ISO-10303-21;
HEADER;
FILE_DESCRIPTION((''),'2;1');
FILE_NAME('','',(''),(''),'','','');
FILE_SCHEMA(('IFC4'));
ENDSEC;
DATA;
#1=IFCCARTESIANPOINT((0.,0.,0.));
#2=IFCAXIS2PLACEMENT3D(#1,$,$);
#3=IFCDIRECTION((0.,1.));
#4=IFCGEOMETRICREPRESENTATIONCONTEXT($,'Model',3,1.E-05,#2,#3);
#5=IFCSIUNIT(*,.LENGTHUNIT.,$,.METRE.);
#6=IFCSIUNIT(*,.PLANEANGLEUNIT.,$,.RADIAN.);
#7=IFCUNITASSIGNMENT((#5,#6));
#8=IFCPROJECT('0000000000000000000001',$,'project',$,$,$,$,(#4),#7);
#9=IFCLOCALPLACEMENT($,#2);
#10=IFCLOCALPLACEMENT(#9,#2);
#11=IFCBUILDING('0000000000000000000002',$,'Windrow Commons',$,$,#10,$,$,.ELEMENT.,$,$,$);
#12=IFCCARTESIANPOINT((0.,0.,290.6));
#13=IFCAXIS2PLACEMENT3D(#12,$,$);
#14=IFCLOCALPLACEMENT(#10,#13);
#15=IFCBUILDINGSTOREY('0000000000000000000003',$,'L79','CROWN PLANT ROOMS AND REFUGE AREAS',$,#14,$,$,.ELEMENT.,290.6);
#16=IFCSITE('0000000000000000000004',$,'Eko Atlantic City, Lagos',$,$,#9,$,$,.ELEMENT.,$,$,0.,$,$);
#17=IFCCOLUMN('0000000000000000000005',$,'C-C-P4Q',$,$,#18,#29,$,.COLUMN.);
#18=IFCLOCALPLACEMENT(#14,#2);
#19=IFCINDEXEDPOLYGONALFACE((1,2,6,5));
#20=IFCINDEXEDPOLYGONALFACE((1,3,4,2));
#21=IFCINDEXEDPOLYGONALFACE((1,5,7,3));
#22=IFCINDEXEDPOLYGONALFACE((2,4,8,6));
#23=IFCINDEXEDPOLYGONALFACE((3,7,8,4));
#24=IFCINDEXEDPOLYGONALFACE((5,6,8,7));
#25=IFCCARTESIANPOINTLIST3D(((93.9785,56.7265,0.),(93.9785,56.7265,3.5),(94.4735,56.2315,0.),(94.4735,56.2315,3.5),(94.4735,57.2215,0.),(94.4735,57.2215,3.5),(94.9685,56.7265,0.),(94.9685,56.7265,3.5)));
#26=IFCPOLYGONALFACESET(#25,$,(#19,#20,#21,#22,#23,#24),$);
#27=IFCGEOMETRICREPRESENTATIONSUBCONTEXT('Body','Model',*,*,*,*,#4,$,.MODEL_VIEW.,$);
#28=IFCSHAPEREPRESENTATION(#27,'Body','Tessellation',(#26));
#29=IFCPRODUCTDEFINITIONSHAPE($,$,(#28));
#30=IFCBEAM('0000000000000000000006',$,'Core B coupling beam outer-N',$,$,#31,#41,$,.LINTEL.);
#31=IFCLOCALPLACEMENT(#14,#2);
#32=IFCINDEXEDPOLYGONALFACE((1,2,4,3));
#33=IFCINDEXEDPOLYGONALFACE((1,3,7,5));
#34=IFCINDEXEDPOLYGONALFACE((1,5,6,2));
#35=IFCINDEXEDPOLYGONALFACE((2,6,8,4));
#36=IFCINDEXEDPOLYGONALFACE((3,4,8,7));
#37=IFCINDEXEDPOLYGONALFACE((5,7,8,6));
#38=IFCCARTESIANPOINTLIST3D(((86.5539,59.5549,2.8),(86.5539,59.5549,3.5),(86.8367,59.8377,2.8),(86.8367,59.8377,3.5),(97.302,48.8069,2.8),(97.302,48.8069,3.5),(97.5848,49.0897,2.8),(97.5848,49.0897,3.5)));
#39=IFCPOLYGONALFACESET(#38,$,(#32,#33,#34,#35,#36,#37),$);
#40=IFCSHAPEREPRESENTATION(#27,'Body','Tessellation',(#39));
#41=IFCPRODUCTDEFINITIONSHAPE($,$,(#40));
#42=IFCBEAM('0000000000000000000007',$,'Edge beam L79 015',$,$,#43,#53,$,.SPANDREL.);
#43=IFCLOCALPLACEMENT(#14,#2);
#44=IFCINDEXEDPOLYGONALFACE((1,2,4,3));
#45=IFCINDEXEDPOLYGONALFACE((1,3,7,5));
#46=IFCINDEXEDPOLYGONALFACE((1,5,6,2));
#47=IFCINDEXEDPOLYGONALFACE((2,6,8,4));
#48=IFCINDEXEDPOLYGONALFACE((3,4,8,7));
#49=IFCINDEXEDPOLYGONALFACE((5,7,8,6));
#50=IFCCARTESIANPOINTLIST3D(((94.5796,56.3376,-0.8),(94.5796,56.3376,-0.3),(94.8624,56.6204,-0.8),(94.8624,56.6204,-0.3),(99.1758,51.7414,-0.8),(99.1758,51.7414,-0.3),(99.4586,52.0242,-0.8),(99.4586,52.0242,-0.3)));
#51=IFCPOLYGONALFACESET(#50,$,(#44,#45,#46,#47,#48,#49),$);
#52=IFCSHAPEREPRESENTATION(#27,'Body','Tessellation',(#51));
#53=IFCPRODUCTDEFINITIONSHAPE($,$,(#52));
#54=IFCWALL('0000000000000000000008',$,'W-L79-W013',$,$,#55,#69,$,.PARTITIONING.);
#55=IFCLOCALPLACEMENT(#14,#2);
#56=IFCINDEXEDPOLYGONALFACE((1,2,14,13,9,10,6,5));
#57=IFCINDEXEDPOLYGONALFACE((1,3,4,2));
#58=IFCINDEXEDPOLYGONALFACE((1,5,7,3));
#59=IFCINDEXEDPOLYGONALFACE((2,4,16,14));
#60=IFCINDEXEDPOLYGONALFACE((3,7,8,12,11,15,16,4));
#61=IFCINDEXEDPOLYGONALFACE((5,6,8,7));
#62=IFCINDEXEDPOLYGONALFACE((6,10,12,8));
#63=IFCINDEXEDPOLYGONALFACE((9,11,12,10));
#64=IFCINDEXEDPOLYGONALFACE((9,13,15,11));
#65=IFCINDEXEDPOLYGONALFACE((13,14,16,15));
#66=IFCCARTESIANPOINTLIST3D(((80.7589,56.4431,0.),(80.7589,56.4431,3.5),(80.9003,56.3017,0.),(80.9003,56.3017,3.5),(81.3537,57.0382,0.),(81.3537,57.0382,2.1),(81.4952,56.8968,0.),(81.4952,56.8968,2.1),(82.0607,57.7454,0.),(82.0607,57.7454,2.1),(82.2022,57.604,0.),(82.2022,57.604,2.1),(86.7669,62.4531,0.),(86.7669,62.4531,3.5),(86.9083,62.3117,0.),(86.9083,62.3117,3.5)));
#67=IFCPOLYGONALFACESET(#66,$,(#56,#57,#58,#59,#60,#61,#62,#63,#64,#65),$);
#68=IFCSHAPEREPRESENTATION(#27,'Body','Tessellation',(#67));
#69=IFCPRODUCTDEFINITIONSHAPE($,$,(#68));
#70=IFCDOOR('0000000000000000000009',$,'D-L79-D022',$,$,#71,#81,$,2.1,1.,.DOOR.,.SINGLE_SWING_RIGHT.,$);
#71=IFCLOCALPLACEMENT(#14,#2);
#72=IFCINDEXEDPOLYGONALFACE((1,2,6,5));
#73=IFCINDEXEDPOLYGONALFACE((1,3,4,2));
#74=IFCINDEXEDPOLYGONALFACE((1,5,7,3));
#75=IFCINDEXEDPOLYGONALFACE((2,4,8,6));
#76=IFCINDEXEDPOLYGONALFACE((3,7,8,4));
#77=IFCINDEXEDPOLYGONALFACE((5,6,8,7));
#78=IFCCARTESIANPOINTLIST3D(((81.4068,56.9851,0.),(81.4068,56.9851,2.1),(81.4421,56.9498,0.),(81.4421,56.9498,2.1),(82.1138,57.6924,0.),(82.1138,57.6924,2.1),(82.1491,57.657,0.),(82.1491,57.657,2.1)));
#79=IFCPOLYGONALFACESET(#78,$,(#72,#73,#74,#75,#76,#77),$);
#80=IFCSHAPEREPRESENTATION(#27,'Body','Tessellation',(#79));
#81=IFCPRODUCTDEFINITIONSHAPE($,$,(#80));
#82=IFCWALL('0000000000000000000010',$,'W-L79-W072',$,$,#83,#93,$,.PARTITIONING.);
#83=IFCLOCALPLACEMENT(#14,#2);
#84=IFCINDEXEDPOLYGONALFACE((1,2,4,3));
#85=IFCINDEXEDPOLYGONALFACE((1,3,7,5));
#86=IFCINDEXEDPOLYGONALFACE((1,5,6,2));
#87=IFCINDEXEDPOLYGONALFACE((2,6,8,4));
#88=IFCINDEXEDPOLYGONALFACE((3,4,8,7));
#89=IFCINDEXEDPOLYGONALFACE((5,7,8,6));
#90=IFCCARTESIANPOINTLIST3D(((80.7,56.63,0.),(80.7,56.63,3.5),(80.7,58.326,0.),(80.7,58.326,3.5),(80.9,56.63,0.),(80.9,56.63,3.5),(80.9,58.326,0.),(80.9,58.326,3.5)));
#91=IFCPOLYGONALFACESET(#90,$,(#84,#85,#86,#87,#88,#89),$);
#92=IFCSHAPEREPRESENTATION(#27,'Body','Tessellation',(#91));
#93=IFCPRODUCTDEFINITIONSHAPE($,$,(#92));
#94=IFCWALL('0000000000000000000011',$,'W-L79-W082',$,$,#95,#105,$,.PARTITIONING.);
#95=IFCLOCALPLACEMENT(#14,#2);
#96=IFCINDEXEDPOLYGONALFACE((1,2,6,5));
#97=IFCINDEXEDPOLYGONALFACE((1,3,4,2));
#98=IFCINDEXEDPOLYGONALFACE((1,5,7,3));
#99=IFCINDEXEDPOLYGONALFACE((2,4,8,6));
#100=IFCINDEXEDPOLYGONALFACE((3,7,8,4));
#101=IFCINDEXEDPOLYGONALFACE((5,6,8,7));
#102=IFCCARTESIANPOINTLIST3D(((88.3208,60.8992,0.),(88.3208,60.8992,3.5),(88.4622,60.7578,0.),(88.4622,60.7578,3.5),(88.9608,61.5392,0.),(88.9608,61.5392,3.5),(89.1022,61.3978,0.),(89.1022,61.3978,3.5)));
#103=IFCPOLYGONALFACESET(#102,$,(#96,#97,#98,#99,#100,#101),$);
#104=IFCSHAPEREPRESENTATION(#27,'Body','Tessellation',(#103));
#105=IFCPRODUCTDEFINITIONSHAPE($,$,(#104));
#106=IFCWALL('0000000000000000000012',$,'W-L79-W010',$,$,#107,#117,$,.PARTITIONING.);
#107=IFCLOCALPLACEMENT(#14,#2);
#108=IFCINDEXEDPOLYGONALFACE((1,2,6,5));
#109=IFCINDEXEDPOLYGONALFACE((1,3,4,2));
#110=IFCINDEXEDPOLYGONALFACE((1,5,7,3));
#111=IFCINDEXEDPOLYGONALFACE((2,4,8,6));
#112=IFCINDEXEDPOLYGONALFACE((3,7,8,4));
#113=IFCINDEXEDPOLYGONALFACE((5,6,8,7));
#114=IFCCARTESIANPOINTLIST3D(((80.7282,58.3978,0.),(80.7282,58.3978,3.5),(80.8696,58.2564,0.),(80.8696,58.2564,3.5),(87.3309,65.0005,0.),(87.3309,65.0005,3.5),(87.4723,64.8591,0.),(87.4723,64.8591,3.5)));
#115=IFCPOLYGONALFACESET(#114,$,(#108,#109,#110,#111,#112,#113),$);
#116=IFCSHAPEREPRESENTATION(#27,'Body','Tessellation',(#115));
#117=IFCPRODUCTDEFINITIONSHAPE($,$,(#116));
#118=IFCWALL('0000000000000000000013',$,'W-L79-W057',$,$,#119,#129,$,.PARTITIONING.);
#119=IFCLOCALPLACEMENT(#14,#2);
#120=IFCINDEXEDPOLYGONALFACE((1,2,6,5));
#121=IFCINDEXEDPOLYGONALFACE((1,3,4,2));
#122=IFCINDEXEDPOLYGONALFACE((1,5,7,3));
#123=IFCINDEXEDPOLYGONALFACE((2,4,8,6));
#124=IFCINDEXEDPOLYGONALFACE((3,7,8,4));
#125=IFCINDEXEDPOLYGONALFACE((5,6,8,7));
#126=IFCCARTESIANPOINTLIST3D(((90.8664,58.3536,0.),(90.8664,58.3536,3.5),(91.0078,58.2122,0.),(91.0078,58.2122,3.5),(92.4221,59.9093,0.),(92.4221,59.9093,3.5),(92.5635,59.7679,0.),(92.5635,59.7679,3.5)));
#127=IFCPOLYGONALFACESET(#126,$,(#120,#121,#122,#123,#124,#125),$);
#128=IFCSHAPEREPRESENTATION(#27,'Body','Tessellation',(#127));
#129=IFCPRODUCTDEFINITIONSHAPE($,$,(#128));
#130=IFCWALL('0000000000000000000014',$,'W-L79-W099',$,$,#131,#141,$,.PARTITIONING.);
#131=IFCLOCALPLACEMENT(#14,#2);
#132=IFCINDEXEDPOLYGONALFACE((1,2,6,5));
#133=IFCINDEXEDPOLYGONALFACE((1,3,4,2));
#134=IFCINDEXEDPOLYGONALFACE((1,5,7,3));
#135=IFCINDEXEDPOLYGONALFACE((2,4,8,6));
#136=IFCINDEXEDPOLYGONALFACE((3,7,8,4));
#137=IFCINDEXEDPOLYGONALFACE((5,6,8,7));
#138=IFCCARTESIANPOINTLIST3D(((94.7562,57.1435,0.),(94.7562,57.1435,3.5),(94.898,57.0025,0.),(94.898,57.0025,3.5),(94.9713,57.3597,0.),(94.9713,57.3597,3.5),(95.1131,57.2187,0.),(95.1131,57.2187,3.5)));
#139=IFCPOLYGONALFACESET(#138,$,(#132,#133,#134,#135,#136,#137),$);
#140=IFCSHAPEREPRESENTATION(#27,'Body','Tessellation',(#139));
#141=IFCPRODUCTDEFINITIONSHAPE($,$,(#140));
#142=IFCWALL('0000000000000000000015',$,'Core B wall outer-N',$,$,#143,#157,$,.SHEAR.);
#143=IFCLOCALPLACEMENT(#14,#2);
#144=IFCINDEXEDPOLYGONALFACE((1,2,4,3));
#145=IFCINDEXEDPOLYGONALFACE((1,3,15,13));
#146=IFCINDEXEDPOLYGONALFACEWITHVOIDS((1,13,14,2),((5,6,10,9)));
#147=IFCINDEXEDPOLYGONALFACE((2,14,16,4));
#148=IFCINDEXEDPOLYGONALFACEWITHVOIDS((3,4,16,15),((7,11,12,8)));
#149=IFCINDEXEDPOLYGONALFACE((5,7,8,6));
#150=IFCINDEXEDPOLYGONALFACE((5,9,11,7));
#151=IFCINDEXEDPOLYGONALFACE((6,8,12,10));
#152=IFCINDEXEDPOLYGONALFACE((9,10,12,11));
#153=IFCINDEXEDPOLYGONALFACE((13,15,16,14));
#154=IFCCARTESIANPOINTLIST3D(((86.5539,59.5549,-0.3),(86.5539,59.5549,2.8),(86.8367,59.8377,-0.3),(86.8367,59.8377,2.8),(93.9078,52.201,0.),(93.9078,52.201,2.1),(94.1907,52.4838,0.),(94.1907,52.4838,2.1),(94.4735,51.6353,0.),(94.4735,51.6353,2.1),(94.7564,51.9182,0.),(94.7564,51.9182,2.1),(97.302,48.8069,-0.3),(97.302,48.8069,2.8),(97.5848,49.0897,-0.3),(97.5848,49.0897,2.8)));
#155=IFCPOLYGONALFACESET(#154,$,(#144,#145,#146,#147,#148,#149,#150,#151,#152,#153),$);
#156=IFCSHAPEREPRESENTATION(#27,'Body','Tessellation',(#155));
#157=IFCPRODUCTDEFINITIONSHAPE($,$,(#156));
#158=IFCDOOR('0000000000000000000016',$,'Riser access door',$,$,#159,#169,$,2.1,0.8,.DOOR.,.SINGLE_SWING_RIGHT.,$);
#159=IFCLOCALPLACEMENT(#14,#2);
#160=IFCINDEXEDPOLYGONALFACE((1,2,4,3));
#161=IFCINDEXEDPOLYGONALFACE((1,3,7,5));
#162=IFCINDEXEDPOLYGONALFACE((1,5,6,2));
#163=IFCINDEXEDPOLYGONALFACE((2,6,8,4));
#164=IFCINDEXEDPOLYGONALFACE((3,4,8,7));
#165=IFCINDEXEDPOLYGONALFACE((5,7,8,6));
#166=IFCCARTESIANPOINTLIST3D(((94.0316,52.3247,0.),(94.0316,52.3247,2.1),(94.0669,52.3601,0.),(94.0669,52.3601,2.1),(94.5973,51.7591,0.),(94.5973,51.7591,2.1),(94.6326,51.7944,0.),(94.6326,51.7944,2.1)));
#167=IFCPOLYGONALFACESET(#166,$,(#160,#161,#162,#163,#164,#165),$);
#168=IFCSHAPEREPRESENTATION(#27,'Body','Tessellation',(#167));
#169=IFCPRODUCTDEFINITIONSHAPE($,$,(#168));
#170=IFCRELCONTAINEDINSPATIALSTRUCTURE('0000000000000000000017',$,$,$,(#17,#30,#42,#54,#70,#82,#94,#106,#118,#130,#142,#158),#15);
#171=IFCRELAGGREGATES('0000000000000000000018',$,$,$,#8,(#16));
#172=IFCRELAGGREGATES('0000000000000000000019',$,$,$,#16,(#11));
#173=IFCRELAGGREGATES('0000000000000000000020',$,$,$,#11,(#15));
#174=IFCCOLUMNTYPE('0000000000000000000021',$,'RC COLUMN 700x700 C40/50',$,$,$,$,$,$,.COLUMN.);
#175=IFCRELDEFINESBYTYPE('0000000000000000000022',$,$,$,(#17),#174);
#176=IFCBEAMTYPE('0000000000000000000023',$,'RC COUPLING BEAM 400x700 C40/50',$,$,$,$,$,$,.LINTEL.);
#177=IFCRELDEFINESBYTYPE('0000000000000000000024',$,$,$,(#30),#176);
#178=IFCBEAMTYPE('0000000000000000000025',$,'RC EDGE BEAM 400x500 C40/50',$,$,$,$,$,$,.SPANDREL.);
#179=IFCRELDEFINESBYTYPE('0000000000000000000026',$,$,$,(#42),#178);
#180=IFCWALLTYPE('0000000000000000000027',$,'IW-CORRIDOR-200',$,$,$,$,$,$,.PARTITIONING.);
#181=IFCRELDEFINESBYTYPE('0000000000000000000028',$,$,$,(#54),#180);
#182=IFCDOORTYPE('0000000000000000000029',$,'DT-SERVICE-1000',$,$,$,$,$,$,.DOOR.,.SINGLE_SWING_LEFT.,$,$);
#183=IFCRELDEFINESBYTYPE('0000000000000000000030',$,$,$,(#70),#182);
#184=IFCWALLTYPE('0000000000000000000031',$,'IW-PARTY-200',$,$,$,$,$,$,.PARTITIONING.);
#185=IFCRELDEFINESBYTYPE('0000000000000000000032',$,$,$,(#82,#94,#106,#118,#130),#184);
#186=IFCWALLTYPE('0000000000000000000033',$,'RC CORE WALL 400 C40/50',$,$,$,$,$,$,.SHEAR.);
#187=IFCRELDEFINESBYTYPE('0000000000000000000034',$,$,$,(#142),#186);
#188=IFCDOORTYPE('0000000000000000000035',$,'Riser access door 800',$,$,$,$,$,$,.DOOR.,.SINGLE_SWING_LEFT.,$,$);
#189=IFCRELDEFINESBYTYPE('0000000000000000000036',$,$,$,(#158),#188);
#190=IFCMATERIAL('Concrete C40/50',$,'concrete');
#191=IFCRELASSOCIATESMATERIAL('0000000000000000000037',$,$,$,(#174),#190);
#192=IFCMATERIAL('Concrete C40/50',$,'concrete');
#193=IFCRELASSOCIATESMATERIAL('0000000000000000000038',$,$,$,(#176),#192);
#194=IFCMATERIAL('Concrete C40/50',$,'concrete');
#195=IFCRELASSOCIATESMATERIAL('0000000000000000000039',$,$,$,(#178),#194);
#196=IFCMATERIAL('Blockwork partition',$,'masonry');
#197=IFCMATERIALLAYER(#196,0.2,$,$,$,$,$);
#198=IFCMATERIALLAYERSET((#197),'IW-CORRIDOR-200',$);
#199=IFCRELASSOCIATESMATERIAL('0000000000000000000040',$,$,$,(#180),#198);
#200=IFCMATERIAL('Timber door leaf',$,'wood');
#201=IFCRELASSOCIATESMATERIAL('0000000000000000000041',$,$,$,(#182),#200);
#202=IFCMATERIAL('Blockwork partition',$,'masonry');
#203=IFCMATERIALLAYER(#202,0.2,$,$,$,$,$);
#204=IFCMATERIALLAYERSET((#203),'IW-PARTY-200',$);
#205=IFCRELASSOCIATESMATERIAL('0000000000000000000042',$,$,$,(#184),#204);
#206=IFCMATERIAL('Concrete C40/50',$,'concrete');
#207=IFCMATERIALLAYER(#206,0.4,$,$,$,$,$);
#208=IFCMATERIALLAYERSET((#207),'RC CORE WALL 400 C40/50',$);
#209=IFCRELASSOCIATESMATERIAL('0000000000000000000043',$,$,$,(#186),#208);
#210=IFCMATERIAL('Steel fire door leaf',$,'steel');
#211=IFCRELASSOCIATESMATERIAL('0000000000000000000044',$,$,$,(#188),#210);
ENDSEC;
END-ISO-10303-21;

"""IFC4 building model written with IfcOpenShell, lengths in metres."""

from ifc_helpers import new_model, si_unit, direction, frame, frame_2d, origin, origin_2d, place, context, subcontext, project, spatial, polyline, rectangle, outline, extrude, material, layer, layer_set, material_profile, profile_set, type_object, element, fill, save


model = new_model("IFC4")

# Units and contexts
model_context = context("Model", 3, precision=1e-05, world=origin(), true_north=direction((0.0, 1.0)))
body_context = subcontext(model_context, "Body", "Model", "MODEL_VIEW")
ifc_project = project(units=[si_unit("LENGTHUNIT", "METRE"), si_unit("PLANEANGLEUNIT", "RADIAN")], contexts=[model_context])

# Site, building, storey
site_placement = place(None, origin())
site = spatial("IfcSite", under=ifc_project, at=site_placement, Name="Eko Atlantic City, Lagos", CompositionType="ELEMENT", RefElevation=0.0)
building_placement = place(site_placement, origin())
building = spatial("IfcBuilding", under=site, at=building_placement, Name="Windrow Commons", CompositionType="ELEMENT")
storey_placement = place(building_placement, frame((0.0, 0.0, 290.6)))
storey = spatial("IfcBuildingStorey", under=building, at=storey_placement, Name="L79", Description="CROWN PLANT ROOMS AND REFUGE AREAS", CompositionType="ELEMENT", Elevation=290.6)

# Column
ifc_material_1 = material(Name="Concrete C40/50", Category="concrete")
ifc_material_profile_1 = material_profile(ifc_material_1, rectangle(XDim=0.7, YDim=0.7, at=origin_2d()))
ifc_profile_set_1 = profile_set([ifc_material_profile_1], Name="Concrete C40/50")
column_type = type_object("IfcColumnType", Name="RC COLUMN 700x700 C40/50", PredefinedType="COLUMN", material=ifc_profile_set_1)
column_placement = place(storey_placement, frame((94.4735, 56.7265, 0.0), z_axis=(0.0, 0.0, 1.0), x_axis=(0.707107, -0.707107, 0.0)))
element("IfcColumn", 1, at=column_placement, inside=storey, type_object=column_type, Name="C-C-P4Q", PredefinedType="COLUMN", context=body_context, shape_type="SweptSolid", body=[
    extrude(rectangle(XDim=0.7, YDim=0.7, at=origin_2d()), origin(), (0.0, 0.0, 1.0), 3.5),
])

# Beams
ifc_material_2 = material(Name="Concrete C40/50", Category="concrete")
ifc_material_profile_2 = material_profile(ifc_material_2, rectangle(XDim=0.4, YDim=0.7, at=origin_2d()))
ifc_profile_set_2 = profile_set([ifc_material_profile_2], Name="Concrete C40/50")
beam_type_1 = type_object("IfcBeamType", Name="RC COUPLING BEAM 400x700 C40/50", PredefinedType="LINTEL", material=ifc_profile_set_2)
beam_1_placement = place(storey_placement, frame((86.6953, 59.6963, 3.15), z_axis=(0.70711, -0.707103, 0.0), x_axis=(0.707103, 0.70711, 0.0)))
element("IfcBeam", 2, at=beam_1_placement, inside=storey, type_object=beam_type_1, Name="Core B coupling beam outer-N", PredefinedType="LINTEL", context=body_context, shape_type="SweptSolid", body=[
    extrude(rectangle(XDim=0.4, YDim=0.7, at=origin_2d()), origin(), (0.0, 0.0, 1.0), 15.2),
])
ifc_material_3 = material(Name="Concrete C40/50", Category="concrete")
ifc_material_profile_3 = material_profile(ifc_material_3, rectangle(XDim=0.4, YDim=0.5, at=origin_2d()))
ifc_profile_set_3 = profile_set([ifc_material_profile_3], Name="Concrete C40/50")
beam_type_2 = type_object("IfcBeamType", Name="RC EDGE BEAM 400x500 C40/50", PredefinedType="SPANDREL", material=ifc_profile_set_3)
beam_2_placement = place(storey_placement, frame((94.721, 56.479, -0.55), z_axis=(0.707107, -0.707107, 0.0), x_axis=(0.707107, 0.707107, 0.0)))
element("IfcBeam", 3, at=beam_2_placement, inside=storey, type_object=beam_type_2, Name="Edge beam L79 015", PredefinedType="SPANDREL", context=body_context, shape_type="SweptSolid", body=[
    extrude(rectangle(XDim=0.4, YDim=0.5, at=origin_2d()), origin(), (0.0, 0.0, 1.0), 6.5),
])

# Wall, opening, door
ifc_material_4 = material(Name="Blockwork partition", Category="masonry")
ifc_layer_1 = layer(ifc_material_4, 0.2)
ifc_layer_set_1 = layer_set([ifc_layer_1], Name="IW-CORRIDOR-200")
wall_type_1 = type_object("IfcWallType", Name="IW-CORRIDOR-200", PredefinedType="PARTITIONING", material=ifc_layer_set_1)
wall_1_placement = place(storey_placement, frame((80.8296, 56.3724, 0.0), z_axis=(0.0, 0.0, 1.0), x_axis=(0.706989, 0.707224, 0.0)))
wall_1 = element("IfcWall", 4, at=wall_1_placement, inside=storey, type_object=wall_type_1, Name="W-L79-W013", PredefinedType="PARTITIONING", context=body_context, shape_type="SweptSolid", body=[
    extrude(rectangle(XDim=8.498, YDim=0.2, at=frame_2d((4.249, 0.0))), origin(), (0.0, 0.0, 1.0), 3.5),
])
opening_1_placement = place(wall_1_placement, frame((0.8414, 0.0, 0.0)))
opening_1 = element("IfcOpeningElement", 5, at=opening_1_placement, cuts=wall_1, PredefinedType="OPENING", context=body_context, shape_type="SweptSolid", body=[
    extrude(rectangle(XDim=1.0, YDim=2.1, at=frame_2d((0.5, 1.05))), frame((0.0, 0.11, 0.0), z_axis=(0.0, -1.0, 0.0), x_axis=(1.0, 0.0, 0.0)), (0.0, 0.0, 1.0), 0.22),
])
ifc_material_5 = material(Name="Timber door leaf", Category="wood")
door_type_1 = type_object("IfcDoorType", Name="DT-SERVICE-1000", OperationType="SINGLE_SWING_LEFT", PredefinedType="DOOR", material=ifc_material_5)
door_1_placement = place(opening_1_placement, origin())
door_1 = element("IfcDoor", 6, at=door_1_placement, inside=storey, type_object=door_type_1, Name="D-L79-D022", OperationType="SINGLE_SWING_RIGHT", OverallHeight=2.1, OverallWidth=1.0, PredefinedType="DOOR", context=body_context, shape_type="SweptSolid", body=[
    extrude(rectangle(XDim=1.0, YDim=2.1, at=frame_2d((0.5, 1.05))), frame((0.0, 0.025, 0.0), z_axis=(0.0, -1.0, 0.0), x_axis=(1.0, 0.0, 0.0)), (0.0, 0.0, 1.0), 0.05),
])
fill(opening_1, door_1)

# Walls
ifc_material_6 = material(Name="Blockwork partition", Category="masonry")
ifc_layer_2 = layer(ifc_material_6, 0.2)
ifc_layer_set_2 = layer_set([ifc_layer_2], Name="IW-PARTY-200")
wall_type_2 = type_object("IfcWallType", Name="IW-PARTY-200", PredefinedType="PARTITIONING", material=ifc_layer_set_2)
wall_2_placement = place(storey_placement, frame((80.8, 56.63, 0.0), z_axis=(0.0, 0.0, 1.0), x_axis=(0.0, 1.0, 0.0)))
element("IfcWall", 7, at=wall_2_placement, inside=storey, type_object=wall_type_2, Name="W-L79-W072", PredefinedType="PARTITIONING", context=body_context, shape_type="SweptSolid", body=[
    extrude(rectangle(XDim=1.696, YDim=0.2, at=frame_2d((0.848, 0.0))), origin(), (0.0, 0.0, 1.0), 3.5),
])
wall_3_placement = place(storey_placement, frame((88.3915, 60.8285, 0.0), z_axis=(0.0, 0.0, 1.0), x_axis=(0.707107, 0.707107, 0.0)))
element("IfcWall", 8, at=wall_3_placement, inside=storey, type_object=wall_type_2, Name="W-L79-W082", PredefinedType="PARTITIONING", context=body_context, shape_type="SweptSolid", body=[
    extrude(rectangle(XDim=0.9051, YDim=0.2, at=frame_2d((0.4526, 0.0))), origin(), (0.0, 0.0, 1.0), 3.5),
])
wall_4_placement = place(storey_placement, frame((80.7989, 58.3271, 0.0), z_axis=(0.0, 0.0, 1.0), x_axis=(0.707107, 0.707107, 0.0)))
element("IfcWall", 9, at=wall_4_placement, inside=storey, type_object=wall_type_2, Name="W-L79-W010", PredefinedType="PARTITIONING", context=body_context, shape_type="SweptSolid", body=[
    extrude(outline(polyline([(0.0, -0.1), (9.3376, -0.1), (9.3376, 0.1), (0.0, 0.1), (0.0, -0.1)])), origin(), (0.0, 0.0, 1.0), 3.5),
])
wall_5_placement = place(storey_placement, frame((90.9371, 58.2829, 0.0), z_axis=(0.0, 0.0, 1.0), x_axis=(0.707107, 0.707107, 0.0)))
element("IfcWall", 10, at=wall_5_placement, inside=storey, type_object=wall_type_2, Name="W-L79-W057", PredefinedType="PARTITIONING", context=body_context, shape_type="SweptSolid", body=[
    extrude(outline(polyline([(0.0, -0.1), (2.2001, -0.1), (2.2001, 0.1), (0.0, 0.1), (0.0, -0.1)])), origin(), (0.0, 0.0, 1.0), 3.5),
])
wall_6_placement = place(storey_placement, frame((94.8271, 57.073, 0.0), z_axis=(0.0, 0.0, 1.0), x_axis=(0.705301, 0.708908, 0.0)))
element("IfcWall", 11, at=wall_6_placement, inside=storey, type_object=wall_type_2, Name="W-L79-W099", PredefinedType="PARTITIONING", context=body_context, shape_type="SweptSolid", body=[
    extrude(outline(polyline([(0.0, -0.1), (0.305, -0.1), (0.305, 0.1), (0.0, 0.1), (0.0, -0.1)])), origin(), (0.0, 0.0, 1.0), 3.5),
])

# Wall, opening, door
ifc_material_7 = material(Name="Concrete C40/50", Category="concrete")
ifc_layer_3 = layer(ifc_material_7, 0.4)
ifc_layer_set_3 = layer_set([ifc_layer_3], Name="RC CORE WALL 400 C40/50")
wall_type_3 = type_object("IfcWallType", Name="RC CORE WALL 400 C40/50", PredefinedType="SHEAR", material=ifc_layer_set_3)
wall_7_placement = place(storey_placement, frame((86.6953, 59.6963, -0.3), z_axis=(0.0, 0.0, 1.0), x_axis=(0.70711, -0.707103, 0.0)))
wall_7 = element("IfcWall", 12, at=wall_7_placement, inside=storey, type_object=wall_type_3, Name="Core B wall outer-N", PredefinedType="SHEAR", context=body_context, shape_type="SweptSolid", body=[
    extrude(rectangle(XDim=15.2, YDim=0.4, at=frame_2d((7.6, 0.0))), origin(), (0.0, 0.0, 1.0), 3.1),
])
opening_2_placement = place(wall_7_placement, frame((10.4, 0.0, 0.3)))
opening_2 = element("IfcOpeningElement", 13, at=opening_2_placement, cuts=wall_7, PredefinedType="OPENING", context=body_context, shape_type="SweptSolid", body=[
    extrude(rectangle(XDim=0.8, YDim=2.1, at=frame_2d((0.4, 1.05))), frame((0.0, 0.21, 0.0), z_axis=(0.0, -1.0, 0.0), x_axis=(1.0, 0.0, 0.0)), (0.0, 0.0, 1.0), 0.42),
])
ifc_material_8 = material(Name="Steel fire door leaf", Category="steel")
door_type_2 = type_object("IfcDoorType", Name="Riser access door 800", OperationType="SINGLE_SWING_LEFT", PredefinedType="DOOR", material=ifc_material_8)
door_2_placement = place(opening_2_placement, origin())
door_2 = element("IfcDoor", 14, at=door_2_placement, inside=storey, type_object=door_type_2, Name="Riser access door", OperationType="SINGLE_SWING_RIGHT", OverallHeight=2.1, OverallWidth=0.8, PredefinedType="DOOR", context=body_context, shape_type="SweptSolid", body=[
    extrude(rectangle(XDim=0.8, YDim=2.1, at=frame_2d((0.4, 1.05))), frame((0.0, 0.025, 0.0), z_axis=(0.0, -1.0, 0.0), x_axis=(1.0, 0.0, 0.0)), (0.0, 0.0, 1.0), 0.05),
])
fill(opening_2, door_2)

save(model, "model.ifc")
